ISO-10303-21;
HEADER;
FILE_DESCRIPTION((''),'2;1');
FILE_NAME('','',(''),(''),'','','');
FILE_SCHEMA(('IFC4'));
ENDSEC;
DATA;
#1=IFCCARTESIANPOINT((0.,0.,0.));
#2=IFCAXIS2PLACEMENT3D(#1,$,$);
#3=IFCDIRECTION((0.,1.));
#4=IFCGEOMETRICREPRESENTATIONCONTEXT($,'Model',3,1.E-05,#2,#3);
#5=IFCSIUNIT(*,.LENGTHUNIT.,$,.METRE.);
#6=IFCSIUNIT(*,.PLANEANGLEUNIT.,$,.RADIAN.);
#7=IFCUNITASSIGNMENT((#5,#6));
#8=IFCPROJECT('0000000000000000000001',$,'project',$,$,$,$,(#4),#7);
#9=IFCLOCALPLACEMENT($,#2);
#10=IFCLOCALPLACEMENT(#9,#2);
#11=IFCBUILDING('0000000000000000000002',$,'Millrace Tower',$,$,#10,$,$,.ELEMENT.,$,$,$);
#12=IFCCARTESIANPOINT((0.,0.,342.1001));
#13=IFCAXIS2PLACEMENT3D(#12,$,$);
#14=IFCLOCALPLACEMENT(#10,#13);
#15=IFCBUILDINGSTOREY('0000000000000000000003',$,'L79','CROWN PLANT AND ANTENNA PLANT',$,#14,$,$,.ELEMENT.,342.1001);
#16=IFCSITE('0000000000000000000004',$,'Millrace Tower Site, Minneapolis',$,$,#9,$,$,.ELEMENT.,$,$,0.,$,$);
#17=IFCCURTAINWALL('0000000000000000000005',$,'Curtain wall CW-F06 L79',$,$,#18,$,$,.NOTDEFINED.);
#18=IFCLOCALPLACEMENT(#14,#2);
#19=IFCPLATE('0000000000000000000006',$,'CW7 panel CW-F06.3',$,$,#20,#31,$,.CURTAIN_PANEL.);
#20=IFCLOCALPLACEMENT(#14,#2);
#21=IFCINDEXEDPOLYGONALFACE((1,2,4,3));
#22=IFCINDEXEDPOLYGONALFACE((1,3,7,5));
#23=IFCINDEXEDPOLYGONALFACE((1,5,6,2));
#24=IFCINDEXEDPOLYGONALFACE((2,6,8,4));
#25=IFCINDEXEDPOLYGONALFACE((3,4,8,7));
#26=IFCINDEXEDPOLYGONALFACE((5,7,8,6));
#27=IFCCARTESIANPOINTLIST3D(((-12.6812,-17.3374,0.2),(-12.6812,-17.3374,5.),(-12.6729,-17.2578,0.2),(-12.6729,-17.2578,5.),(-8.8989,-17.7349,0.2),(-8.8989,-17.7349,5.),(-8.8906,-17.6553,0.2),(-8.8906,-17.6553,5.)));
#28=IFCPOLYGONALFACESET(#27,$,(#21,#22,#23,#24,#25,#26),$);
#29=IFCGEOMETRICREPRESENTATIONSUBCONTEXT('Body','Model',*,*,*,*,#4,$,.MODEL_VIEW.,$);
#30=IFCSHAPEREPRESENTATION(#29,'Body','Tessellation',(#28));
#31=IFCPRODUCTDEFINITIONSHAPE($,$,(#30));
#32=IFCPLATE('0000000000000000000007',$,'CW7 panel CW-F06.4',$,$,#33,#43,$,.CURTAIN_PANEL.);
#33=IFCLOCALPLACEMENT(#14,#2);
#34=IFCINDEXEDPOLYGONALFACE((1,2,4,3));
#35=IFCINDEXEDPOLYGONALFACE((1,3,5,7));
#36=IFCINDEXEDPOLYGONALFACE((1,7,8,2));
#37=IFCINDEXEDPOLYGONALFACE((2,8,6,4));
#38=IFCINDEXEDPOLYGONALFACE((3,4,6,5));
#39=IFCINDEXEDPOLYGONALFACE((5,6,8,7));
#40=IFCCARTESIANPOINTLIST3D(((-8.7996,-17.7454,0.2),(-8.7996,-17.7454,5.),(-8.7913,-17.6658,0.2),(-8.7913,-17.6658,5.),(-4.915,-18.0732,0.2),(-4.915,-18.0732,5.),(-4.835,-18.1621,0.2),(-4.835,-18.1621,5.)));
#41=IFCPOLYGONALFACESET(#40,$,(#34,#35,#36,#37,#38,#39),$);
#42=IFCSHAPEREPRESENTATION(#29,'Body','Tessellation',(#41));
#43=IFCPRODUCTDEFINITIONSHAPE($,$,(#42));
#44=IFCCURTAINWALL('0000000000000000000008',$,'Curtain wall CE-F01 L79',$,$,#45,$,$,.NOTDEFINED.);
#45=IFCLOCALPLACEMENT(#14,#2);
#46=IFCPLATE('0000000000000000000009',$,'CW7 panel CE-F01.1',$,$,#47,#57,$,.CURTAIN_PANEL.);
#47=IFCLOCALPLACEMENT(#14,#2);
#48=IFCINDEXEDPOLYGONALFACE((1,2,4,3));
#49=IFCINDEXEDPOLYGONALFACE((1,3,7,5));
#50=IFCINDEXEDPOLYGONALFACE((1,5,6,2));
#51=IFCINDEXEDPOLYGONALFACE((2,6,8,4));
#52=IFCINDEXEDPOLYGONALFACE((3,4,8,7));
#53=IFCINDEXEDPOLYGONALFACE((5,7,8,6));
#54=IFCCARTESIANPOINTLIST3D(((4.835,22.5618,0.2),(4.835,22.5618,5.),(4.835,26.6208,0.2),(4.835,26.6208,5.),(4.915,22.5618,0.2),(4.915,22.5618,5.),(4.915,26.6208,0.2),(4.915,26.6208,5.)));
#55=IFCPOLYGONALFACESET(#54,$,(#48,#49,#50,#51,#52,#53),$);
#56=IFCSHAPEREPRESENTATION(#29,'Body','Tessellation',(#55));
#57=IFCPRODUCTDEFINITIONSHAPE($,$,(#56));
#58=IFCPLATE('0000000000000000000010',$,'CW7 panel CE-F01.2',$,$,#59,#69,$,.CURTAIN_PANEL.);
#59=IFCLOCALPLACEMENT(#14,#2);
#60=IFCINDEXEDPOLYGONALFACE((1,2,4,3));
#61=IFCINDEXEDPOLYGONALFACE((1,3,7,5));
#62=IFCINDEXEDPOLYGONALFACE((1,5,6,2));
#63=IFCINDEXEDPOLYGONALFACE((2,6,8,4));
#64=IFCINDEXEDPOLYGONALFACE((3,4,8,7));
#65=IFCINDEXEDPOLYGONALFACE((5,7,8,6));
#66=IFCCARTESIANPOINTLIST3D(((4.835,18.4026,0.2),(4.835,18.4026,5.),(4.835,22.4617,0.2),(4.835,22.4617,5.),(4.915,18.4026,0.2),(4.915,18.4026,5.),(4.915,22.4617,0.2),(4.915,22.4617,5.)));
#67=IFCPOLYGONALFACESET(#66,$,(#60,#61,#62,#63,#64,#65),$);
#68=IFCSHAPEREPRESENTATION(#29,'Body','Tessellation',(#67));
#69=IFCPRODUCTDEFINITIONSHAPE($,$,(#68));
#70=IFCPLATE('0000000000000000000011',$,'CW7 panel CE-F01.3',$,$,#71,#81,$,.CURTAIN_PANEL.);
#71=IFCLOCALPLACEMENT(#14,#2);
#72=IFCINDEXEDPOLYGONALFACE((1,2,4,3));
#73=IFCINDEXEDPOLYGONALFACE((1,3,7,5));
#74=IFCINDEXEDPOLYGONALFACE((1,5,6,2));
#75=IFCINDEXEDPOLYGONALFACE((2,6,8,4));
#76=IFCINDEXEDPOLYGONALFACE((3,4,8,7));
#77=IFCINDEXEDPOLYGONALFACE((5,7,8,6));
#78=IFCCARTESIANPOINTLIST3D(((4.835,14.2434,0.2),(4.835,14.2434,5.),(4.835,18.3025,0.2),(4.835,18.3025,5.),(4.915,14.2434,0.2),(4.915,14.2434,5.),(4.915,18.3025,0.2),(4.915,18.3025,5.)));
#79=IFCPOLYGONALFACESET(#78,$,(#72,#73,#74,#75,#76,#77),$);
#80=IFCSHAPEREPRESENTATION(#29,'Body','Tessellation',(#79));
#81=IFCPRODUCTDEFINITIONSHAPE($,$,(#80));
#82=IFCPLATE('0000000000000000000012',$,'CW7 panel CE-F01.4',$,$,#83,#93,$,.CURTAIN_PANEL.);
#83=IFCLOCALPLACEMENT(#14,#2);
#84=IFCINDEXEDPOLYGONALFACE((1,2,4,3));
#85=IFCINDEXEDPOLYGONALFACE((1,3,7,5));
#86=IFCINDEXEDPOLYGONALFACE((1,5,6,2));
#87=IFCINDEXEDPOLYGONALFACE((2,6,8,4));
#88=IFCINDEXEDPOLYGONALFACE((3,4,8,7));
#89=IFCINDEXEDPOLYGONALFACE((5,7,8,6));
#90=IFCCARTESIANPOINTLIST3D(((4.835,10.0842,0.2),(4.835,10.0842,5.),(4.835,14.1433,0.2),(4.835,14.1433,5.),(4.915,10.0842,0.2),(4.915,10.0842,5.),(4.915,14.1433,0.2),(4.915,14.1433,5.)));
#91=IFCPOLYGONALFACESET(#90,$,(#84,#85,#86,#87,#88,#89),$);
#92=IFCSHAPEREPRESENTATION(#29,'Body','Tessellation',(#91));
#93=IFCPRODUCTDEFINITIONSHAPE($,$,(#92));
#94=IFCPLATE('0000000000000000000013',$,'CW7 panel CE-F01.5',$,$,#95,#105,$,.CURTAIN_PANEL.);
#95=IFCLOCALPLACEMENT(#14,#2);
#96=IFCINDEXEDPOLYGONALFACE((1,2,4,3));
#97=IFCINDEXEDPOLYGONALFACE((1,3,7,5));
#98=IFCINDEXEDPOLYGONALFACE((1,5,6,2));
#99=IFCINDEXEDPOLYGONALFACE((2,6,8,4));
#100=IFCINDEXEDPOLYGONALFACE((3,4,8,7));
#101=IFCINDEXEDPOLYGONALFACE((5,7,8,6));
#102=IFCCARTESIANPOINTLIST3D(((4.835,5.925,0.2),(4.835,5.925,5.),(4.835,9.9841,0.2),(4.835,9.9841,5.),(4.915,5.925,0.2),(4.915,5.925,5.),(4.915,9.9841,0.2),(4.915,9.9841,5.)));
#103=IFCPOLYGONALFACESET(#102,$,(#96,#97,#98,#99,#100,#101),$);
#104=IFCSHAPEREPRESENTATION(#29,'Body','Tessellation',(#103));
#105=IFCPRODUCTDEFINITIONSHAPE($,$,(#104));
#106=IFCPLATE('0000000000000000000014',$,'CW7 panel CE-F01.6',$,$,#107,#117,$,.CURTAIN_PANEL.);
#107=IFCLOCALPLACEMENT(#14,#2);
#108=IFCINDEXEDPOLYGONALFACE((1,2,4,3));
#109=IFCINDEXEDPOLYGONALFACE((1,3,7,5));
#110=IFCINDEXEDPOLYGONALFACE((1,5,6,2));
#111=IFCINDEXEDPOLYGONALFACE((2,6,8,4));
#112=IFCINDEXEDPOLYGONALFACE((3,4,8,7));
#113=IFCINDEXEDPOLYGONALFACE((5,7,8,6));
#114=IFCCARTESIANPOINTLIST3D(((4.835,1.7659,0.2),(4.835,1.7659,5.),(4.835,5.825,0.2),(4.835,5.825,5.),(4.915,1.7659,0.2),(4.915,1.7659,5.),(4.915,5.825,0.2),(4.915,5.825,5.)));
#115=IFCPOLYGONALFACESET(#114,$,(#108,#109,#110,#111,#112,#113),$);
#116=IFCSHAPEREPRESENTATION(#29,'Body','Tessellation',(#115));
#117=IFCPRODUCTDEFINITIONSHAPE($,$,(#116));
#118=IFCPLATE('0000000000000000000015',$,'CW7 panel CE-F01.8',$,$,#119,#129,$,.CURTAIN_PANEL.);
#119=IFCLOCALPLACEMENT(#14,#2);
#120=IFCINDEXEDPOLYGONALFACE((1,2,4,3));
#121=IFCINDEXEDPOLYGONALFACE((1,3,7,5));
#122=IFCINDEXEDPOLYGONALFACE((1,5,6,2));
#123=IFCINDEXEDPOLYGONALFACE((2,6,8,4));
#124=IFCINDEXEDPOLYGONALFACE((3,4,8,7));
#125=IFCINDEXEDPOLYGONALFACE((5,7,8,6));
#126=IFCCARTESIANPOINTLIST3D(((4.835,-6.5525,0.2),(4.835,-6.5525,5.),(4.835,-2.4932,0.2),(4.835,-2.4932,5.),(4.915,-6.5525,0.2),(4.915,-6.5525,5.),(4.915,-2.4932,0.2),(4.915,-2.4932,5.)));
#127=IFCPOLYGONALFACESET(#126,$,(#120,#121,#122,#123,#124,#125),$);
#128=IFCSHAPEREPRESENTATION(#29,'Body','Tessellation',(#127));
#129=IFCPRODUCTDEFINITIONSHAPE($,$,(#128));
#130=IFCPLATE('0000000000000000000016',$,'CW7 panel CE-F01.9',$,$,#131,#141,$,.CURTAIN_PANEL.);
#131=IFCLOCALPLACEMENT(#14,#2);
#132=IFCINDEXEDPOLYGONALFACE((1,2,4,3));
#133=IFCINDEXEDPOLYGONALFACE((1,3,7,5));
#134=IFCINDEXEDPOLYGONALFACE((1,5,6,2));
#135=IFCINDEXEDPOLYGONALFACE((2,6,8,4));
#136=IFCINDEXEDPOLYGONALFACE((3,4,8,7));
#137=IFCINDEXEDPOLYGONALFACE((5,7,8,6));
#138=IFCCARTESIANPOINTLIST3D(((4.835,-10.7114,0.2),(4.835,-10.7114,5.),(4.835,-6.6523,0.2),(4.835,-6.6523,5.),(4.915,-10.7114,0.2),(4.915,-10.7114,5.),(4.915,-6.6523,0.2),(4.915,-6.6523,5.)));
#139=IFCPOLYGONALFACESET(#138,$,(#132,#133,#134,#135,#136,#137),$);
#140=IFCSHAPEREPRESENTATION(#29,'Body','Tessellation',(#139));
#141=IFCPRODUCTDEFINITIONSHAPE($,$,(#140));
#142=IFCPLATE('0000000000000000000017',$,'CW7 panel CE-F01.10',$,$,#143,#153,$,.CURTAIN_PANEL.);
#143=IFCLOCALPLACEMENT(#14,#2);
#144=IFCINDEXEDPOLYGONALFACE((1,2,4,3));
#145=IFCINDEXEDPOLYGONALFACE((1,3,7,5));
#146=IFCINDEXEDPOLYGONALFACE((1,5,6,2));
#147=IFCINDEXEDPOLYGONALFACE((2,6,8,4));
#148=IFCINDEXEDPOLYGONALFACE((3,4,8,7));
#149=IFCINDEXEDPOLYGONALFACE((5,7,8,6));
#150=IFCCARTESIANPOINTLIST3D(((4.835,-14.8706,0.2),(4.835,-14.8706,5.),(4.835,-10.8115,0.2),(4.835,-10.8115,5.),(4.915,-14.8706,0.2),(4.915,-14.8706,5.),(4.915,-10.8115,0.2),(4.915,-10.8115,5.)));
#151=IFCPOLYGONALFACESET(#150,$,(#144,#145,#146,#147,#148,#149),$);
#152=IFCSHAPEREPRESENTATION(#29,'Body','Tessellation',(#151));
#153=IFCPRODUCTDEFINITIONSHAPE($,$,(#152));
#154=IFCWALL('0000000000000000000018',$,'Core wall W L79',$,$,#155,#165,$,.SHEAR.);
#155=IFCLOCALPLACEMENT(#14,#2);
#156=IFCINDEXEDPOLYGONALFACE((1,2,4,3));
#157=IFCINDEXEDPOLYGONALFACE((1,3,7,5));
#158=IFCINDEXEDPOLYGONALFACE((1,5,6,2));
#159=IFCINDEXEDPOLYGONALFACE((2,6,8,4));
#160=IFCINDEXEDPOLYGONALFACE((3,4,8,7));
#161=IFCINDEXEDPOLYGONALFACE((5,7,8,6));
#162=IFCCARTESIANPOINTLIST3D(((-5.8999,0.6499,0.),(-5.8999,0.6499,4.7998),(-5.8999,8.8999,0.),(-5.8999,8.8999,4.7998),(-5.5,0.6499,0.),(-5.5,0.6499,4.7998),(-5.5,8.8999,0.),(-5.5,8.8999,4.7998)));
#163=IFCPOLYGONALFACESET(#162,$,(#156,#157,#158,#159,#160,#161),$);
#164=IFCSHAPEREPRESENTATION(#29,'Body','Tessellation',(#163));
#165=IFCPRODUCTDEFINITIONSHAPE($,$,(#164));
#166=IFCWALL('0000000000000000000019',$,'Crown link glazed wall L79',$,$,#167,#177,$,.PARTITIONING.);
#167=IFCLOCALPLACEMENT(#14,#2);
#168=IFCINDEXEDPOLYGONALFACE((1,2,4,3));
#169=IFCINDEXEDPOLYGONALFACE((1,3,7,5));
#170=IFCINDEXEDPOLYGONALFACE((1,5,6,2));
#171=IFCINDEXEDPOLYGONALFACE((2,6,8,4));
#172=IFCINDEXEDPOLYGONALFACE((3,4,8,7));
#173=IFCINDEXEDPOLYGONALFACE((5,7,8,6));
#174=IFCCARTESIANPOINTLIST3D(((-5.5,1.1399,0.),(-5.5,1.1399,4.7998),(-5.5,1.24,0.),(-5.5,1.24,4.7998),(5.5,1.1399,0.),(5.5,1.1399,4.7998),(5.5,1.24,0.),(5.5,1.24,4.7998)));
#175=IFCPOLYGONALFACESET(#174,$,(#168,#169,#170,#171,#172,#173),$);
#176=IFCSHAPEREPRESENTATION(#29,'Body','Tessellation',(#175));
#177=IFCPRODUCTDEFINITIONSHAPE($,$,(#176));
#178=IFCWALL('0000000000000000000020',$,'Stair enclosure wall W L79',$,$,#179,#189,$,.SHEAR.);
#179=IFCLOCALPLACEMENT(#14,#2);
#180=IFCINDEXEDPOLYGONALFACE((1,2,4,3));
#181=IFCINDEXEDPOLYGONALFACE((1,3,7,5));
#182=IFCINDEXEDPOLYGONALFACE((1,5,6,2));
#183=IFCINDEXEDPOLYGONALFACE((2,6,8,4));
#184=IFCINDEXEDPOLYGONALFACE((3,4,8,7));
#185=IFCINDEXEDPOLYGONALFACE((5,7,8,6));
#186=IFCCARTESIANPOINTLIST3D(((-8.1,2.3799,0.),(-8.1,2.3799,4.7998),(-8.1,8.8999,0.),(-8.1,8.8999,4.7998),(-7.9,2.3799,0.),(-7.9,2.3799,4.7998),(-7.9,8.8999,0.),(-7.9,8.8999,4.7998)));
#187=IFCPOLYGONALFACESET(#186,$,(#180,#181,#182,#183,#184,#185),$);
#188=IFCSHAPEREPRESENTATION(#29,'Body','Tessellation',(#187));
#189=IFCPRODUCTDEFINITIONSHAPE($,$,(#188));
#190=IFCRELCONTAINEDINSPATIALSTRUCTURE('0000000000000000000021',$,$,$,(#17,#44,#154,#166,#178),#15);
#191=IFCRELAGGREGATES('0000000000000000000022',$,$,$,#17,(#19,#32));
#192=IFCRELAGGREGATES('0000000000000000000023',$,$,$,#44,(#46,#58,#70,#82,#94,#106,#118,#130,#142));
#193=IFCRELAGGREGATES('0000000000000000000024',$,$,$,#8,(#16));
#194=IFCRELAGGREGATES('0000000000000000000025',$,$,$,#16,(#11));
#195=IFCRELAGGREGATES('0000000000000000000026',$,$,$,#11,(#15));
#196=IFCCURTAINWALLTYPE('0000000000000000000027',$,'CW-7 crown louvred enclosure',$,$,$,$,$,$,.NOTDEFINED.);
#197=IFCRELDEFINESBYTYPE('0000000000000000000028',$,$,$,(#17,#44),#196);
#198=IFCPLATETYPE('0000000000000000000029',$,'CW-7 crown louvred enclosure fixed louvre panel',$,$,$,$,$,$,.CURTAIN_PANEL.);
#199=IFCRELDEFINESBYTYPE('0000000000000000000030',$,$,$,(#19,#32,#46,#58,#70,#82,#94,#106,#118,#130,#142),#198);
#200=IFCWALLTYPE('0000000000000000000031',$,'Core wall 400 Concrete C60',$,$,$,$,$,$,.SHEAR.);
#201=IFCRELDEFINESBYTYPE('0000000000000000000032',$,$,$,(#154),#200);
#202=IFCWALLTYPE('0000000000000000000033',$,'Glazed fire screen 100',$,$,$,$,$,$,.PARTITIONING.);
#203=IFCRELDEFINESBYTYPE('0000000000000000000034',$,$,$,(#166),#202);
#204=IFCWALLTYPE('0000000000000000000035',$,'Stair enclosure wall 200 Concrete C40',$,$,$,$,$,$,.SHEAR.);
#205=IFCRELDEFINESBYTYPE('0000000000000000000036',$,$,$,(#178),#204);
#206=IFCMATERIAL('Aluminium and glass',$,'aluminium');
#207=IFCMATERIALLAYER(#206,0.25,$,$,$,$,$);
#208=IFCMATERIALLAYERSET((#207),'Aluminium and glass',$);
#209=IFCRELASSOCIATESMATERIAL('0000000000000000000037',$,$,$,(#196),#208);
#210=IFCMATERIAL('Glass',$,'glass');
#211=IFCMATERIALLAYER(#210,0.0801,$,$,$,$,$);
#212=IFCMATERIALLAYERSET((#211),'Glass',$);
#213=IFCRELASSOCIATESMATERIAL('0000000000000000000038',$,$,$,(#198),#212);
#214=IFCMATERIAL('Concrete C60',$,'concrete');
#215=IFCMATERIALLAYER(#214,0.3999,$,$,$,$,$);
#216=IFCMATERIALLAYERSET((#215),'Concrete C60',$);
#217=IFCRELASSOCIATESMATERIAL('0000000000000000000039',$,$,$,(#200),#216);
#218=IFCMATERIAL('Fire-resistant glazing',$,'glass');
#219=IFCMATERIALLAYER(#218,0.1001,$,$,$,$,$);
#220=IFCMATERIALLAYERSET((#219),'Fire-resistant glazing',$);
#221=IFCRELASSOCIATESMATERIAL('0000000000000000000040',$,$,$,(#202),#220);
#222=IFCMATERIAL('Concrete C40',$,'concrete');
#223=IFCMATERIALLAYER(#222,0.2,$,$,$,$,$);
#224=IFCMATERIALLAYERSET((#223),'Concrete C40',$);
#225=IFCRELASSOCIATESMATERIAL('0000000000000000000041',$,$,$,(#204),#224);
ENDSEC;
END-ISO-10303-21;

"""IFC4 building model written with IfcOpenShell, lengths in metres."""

from ifc_helpers import new_model, si_unit, direction, frame, frame_2d, origin, place, context, subcontext, project, spatial, polyline, rectangle, outline, extrude, material, layer, layer_set, type_object, element, aggregate, save


model = new_model("IFC4")

# Units and contexts
model_context = context("Model", 3, precision=1e-05, world=origin(), true_north=direction((0.0, 1.0)))
body_context = subcontext(model_context, "Body", "Model", "MODEL_VIEW")
ifc_project = project(units=[si_unit("LENGTHUNIT", "METRE"), si_unit("PLANEANGLEUNIT", "RADIAN")], contexts=[model_context])

# Site, building, storey
site_placement = place(None, origin())
site = spatial("IfcSite", under=ifc_project, at=site_placement, Name="Millrace Tower Site, Minneapolis", CompositionType="ELEMENT", RefElevation=0.0)
building_placement = place(site_placement, origin())
building = spatial("IfcBuilding", under=site, at=building_placement, Name="Millrace Tower", CompositionType="ELEMENT")
storey_placement = place(building_placement, frame((0.0, 0.0, 342.1001)))
storey = spatial("IfcBuildingStorey", under=building, at=storey_placement, Name="L79", Description="CROWN PLANT AND ANTENNA PLANT", CompositionType="ELEMENT", Elevation=342.1001)

# Shared definitions
ifc_material_1 = material(Name="Aluminium and glass", Category="aluminium")
ifc_layer_1 = layer(ifc_material_1, 0.25)
ifc_layer_set_1 = layer_set([ifc_layer_1], Name="Aluminium and glass")
curtain_wall_type = type_object("IfcCurtainWallType", Name="CW-7 crown louvred enclosure", PredefinedType="NOTDEFINED", material=ifc_layer_set_1)
placement_1 = place(storey_placement, origin())

# Shared definitions
ifc_material_2 = material(Name="Glass", Category="glass")
ifc_layer_2 = layer(ifc_material_2, 0.0801)
ifc_layer_set_2 = layer_set([ifc_layer_2], Name="Glass")
plate_type = type_object("IfcPlateType", Name="CW-7 crown louvred enclosure fixed louvre panel", PredefinedType="CURTAIN_PANEL", material=ifc_layer_set_2)
placement_2 = place(storey_placement, frame((0.0, 0.0, 0.2)))

# Curtain walls, plates
curtain_wall_1 = element("IfcCurtainWall", 1, at=placement_1, inside=storey, type_object=curtain_wall_type, Name="Curtain wall CW-F06 L79", PredefinedType="NOTDEFINED")
plate_1 = element("IfcPlate", 2, at=placement_2, type_object=plate_type, Name="CW7 panel CW-F06.3", PredefinedType="CURTAIN_PANEL", context=body_context, shape_type="SweptSolid", body=[
    extrude(outline(polyline([(-12.6812, -17.3374), (-8.8989, -17.7349), (-8.8906, -17.6553), (-12.6729, -17.2578), (-12.6812, -17.3374)])), origin(), (0.0, 0.0, 1.0), 4.8),
])
plate_2 = element("IfcPlate", 3, at=placement_2, type_object=plate_type, Name="CW7 panel CW-F06.4", PredefinedType="CURTAIN_PANEL", context=body_context, shape_type="SweptSolid", body=[
    extrude(outline(polyline([(-8.7996, -17.7454), (-4.835, -18.1621), (-4.915, -18.0732), (-8.7913, -17.6658), (-8.7996, -17.7454)])), origin(), (0.0, 0.0, 1.0), 4.8),
])
aggregate(curtain_wall_1, [plate_1, plate_2])
curtain_wall_2 = element("IfcCurtainWall", 4, at=placement_1, inside=storey, type_object=curtain_wall_type, Name="Curtain wall CE-F01 L79", PredefinedType="NOTDEFINED")
plate_3 = element("IfcPlate", 5, at=placement_2, type_object=plate_type, Name="CW7 panel CE-F01.1", PredefinedType="CURTAIN_PANEL", context=body_context, shape_type="SweptSolid", body=[
    extrude(outline(polyline([(4.835, 26.6208), (4.835, 22.5618), (4.915, 22.5618), (4.915, 26.6208), (4.835, 26.6208)])), origin(), (0.0, 0.0, 1.0), 4.8),
])
plate_4 = element("IfcPlate", 6, at=placement_2, type_object=plate_type, Name="CW7 panel CE-F01.2", PredefinedType="CURTAIN_PANEL", context=body_context, shape_type="SweptSolid", body=[
    extrude(outline(polyline([(4.835, 22.4617), (4.835, 18.4026), (4.915, 18.4026), (4.915, 22.4617), (4.835, 22.4617)])), origin(), (0.0, 0.0, 1.0), 4.8),
])
plate_5 = element("IfcPlate", 7, at=placement_2, type_object=plate_type, Name="CW7 panel CE-F01.3", PredefinedType="CURTAIN_PANEL", context=body_context, shape_type="SweptSolid", body=[
    extrude(outline(polyline([(4.835, 18.3025), (4.835, 14.2434), (4.915, 14.2434), (4.915, 18.3025), (4.835, 18.3025)])), origin(), (0.0, 0.0, 1.0), 4.8),
])
plate_6 = element("IfcPlate", 8, at=placement_2, type_object=plate_type, Name="CW7 panel CE-F01.4", PredefinedType="CURTAIN_PANEL", context=body_context, shape_type="SweptSolid", body=[
    extrude(outline(polyline([(4.835, 14.1433), (4.835, 10.0842), (4.915, 10.0842), (4.915, 14.1433), (4.835, 14.1433)])), origin(), (0.0, 0.0, 1.0), 4.8),
])
plate_7 = element("IfcPlate", 9, at=placement_2, type_object=plate_type, Name="CW7 panel CE-F01.5", PredefinedType="CURTAIN_PANEL", context=body_context, shape_type="SweptSolid", body=[
    extrude(outline(polyline([(4.835, 9.9841), (4.835, 5.925), (4.915, 5.925), (4.915, 9.9841), (4.835, 9.9841)])), origin(), (0.0, 0.0, 1.0), 4.8),
])
plate_8 = element("IfcPlate", 10, at=placement_2, type_object=plate_type, Name="CW7 panel CE-F01.6", PredefinedType="CURTAIN_PANEL", context=body_context, shape_type="SweptSolid", body=[
    extrude(outline(polyline([(4.835, 5.825), (4.835, 1.7659), (4.915, 1.7659), (4.915, 5.825), (4.835, 5.825)])), origin(), (0.0, 0.0, 1.0), 4.8),
])
plate_9 = element("IfcPlate", 11, at=placement_2, type_object=plate_type, Name="CW7 panel CE-F01.8", PredefinedType="CURTAIN_PANEL", context=body_context, shape_type="SweptSolid", body=[
    extrude(outline(polyline([(4.835, -2.4932), (4.835, -6.5525), (4.915, -6.5525), (4.915, -2.4932), (4.835, -2.4932)])), origin(), (0.0, 0.0, 1.0), 4.8),
])
plate_10 = element("IfcPlate", 12, at=placement_2, type_object=plate_type, Name="CW7 panel CE-F01.9", PredefinedType="CURTAIN_PANEL", context=body_context, shape_type="SweptSolid", body=[
    extrude(outline(polyline([(4.835, -6.6523), (4.835, -10.7114), (4.915, -10.7114), (4.915, -6.6523), (4.835, -6.6523)])), origin(), (0.0, 0.0, 1.0), 4.8),
])
plate_11 = element("IfcPlate", 13, at=placement_2, type_object=plate_type, Name="CW7 panel CE-F01.10", PredefinedType="CURTAIN_PANEL", context=body_context, shape_type="SweptSolid", body=[
    extrude(outline(polyline([(4.835, -10.8115), (4.835, -14.8706), (4.915, -14.8706), (4.915, -10.8115), (4.835, -10.8115)])), origin(), (0.0, 0.0, 1.0), 4.8),
])
aggregate(curtain_wall_2, [plate_3, plate_4, plate_5, plate_6, plate_7, plate_8, plate_9, plate_10, plate_11])

# Walls
ifc_material_3 = material(Name="Concrete C60", Category="concrete")
ifc_layer_3 = layer(ifc_material_3, 0.3999)
ifc_layer_set_3 = layer_set([ifc_layer_3], Name="Concrete C60")
wall_type_1 = type_object("IfcWallType", Name="Core wall 400 Concrete C60", PredefinedType="SHEAR", material=ifc_layer_set_3)
wall_1_placement = place(storey_placement, frame((-5.7, 0.6499, 0.0), z_axis=(0.0, 0.0, 1.0), x_axis=(0.0, 1.0, 0.0)))
element("IfcWall", 14, at=wall_1_placement, inside=storey, type_object=wall_type_1, Name="Core wall W L79", PredefinedType="SHEAR", context=body_context, shape_type="SweptSolid", body=[
    extrude(rectangle(XDim=8.25, YDim=0.3999, at=frame_2d((4.125, 0.0))), origin(), (0.0, 0.0, 1.0), 4.7998),
])
ifc_material_4 = material(Name="Fire-resistant glazing", Category="glass")
ifc_layer_4 = layer(ifc_material_4, 0.1001)
ifc_layer_set_4 = layer_set([ifc_layer_4], Name="Fire-resistant glazing")
wall_type_2 = type_object("IfcWallType", Name="Glazed fire screen 100", PredefinedType="PARTITIONING", material=ifc_layer_set_4)
wall_2_placement = place(storey_placement, frame((-5.5, 1.1899, 0.0), z_axis=(0.0, 0.0, 1.0), x_axis=(1.0, 0.0, 0.0)))
element("IfcWall", 15, at=wall_2_placement, inside=storey, type_object=wall_type_2, Name="Crown link glazed wall L79", PredefinedType="PARTITIONING", context=body_context, shape_type="SweptSolid", body=[
    extrude(rectangle(XDim=11.0, YDim=0.1001, at=frame_2d((5.5, 0.0))), origin(), (0.0, 0.0, 1.0), 4.7998),
])
ifc_material_5 = material(Name="Concrete C40", Category="concrete")
ifc_layer_5 = layer(ifc_material_5, 0.2)
ifc_layer_set_5 = layer_set([ifc_layer_5], Name="Concrete C40")
wall_type_3 = type_object("IfcWallType", Name="Stair enclosure wall 200 Concrete C40", PredefinedType="SHEAR", material=ifc_layer_set_5)
wall_3_placement = place(storey_placement, frame((-8.0, 2.3799, 0.0), z_axis=(0.0, 0.0, 1.0), x_axis=(0.0, 1.0, 0.0)))
element("IfcWall", 16, at=wall_3_placement, inside=storey, type_object=wall_type_3, Name="Stair enclosure wall W L79", PredefinedType="SHEAR", context=body_context, shape_type="SweptSolid", body=[
    extrude(rectangle(XDim=6.52, YDim=0.2, at=frame_2d((3.26, 0.0))), origin(), (0.0, 0.0, 1.0), 4.7998),
])

save(model, "model.ifc")
